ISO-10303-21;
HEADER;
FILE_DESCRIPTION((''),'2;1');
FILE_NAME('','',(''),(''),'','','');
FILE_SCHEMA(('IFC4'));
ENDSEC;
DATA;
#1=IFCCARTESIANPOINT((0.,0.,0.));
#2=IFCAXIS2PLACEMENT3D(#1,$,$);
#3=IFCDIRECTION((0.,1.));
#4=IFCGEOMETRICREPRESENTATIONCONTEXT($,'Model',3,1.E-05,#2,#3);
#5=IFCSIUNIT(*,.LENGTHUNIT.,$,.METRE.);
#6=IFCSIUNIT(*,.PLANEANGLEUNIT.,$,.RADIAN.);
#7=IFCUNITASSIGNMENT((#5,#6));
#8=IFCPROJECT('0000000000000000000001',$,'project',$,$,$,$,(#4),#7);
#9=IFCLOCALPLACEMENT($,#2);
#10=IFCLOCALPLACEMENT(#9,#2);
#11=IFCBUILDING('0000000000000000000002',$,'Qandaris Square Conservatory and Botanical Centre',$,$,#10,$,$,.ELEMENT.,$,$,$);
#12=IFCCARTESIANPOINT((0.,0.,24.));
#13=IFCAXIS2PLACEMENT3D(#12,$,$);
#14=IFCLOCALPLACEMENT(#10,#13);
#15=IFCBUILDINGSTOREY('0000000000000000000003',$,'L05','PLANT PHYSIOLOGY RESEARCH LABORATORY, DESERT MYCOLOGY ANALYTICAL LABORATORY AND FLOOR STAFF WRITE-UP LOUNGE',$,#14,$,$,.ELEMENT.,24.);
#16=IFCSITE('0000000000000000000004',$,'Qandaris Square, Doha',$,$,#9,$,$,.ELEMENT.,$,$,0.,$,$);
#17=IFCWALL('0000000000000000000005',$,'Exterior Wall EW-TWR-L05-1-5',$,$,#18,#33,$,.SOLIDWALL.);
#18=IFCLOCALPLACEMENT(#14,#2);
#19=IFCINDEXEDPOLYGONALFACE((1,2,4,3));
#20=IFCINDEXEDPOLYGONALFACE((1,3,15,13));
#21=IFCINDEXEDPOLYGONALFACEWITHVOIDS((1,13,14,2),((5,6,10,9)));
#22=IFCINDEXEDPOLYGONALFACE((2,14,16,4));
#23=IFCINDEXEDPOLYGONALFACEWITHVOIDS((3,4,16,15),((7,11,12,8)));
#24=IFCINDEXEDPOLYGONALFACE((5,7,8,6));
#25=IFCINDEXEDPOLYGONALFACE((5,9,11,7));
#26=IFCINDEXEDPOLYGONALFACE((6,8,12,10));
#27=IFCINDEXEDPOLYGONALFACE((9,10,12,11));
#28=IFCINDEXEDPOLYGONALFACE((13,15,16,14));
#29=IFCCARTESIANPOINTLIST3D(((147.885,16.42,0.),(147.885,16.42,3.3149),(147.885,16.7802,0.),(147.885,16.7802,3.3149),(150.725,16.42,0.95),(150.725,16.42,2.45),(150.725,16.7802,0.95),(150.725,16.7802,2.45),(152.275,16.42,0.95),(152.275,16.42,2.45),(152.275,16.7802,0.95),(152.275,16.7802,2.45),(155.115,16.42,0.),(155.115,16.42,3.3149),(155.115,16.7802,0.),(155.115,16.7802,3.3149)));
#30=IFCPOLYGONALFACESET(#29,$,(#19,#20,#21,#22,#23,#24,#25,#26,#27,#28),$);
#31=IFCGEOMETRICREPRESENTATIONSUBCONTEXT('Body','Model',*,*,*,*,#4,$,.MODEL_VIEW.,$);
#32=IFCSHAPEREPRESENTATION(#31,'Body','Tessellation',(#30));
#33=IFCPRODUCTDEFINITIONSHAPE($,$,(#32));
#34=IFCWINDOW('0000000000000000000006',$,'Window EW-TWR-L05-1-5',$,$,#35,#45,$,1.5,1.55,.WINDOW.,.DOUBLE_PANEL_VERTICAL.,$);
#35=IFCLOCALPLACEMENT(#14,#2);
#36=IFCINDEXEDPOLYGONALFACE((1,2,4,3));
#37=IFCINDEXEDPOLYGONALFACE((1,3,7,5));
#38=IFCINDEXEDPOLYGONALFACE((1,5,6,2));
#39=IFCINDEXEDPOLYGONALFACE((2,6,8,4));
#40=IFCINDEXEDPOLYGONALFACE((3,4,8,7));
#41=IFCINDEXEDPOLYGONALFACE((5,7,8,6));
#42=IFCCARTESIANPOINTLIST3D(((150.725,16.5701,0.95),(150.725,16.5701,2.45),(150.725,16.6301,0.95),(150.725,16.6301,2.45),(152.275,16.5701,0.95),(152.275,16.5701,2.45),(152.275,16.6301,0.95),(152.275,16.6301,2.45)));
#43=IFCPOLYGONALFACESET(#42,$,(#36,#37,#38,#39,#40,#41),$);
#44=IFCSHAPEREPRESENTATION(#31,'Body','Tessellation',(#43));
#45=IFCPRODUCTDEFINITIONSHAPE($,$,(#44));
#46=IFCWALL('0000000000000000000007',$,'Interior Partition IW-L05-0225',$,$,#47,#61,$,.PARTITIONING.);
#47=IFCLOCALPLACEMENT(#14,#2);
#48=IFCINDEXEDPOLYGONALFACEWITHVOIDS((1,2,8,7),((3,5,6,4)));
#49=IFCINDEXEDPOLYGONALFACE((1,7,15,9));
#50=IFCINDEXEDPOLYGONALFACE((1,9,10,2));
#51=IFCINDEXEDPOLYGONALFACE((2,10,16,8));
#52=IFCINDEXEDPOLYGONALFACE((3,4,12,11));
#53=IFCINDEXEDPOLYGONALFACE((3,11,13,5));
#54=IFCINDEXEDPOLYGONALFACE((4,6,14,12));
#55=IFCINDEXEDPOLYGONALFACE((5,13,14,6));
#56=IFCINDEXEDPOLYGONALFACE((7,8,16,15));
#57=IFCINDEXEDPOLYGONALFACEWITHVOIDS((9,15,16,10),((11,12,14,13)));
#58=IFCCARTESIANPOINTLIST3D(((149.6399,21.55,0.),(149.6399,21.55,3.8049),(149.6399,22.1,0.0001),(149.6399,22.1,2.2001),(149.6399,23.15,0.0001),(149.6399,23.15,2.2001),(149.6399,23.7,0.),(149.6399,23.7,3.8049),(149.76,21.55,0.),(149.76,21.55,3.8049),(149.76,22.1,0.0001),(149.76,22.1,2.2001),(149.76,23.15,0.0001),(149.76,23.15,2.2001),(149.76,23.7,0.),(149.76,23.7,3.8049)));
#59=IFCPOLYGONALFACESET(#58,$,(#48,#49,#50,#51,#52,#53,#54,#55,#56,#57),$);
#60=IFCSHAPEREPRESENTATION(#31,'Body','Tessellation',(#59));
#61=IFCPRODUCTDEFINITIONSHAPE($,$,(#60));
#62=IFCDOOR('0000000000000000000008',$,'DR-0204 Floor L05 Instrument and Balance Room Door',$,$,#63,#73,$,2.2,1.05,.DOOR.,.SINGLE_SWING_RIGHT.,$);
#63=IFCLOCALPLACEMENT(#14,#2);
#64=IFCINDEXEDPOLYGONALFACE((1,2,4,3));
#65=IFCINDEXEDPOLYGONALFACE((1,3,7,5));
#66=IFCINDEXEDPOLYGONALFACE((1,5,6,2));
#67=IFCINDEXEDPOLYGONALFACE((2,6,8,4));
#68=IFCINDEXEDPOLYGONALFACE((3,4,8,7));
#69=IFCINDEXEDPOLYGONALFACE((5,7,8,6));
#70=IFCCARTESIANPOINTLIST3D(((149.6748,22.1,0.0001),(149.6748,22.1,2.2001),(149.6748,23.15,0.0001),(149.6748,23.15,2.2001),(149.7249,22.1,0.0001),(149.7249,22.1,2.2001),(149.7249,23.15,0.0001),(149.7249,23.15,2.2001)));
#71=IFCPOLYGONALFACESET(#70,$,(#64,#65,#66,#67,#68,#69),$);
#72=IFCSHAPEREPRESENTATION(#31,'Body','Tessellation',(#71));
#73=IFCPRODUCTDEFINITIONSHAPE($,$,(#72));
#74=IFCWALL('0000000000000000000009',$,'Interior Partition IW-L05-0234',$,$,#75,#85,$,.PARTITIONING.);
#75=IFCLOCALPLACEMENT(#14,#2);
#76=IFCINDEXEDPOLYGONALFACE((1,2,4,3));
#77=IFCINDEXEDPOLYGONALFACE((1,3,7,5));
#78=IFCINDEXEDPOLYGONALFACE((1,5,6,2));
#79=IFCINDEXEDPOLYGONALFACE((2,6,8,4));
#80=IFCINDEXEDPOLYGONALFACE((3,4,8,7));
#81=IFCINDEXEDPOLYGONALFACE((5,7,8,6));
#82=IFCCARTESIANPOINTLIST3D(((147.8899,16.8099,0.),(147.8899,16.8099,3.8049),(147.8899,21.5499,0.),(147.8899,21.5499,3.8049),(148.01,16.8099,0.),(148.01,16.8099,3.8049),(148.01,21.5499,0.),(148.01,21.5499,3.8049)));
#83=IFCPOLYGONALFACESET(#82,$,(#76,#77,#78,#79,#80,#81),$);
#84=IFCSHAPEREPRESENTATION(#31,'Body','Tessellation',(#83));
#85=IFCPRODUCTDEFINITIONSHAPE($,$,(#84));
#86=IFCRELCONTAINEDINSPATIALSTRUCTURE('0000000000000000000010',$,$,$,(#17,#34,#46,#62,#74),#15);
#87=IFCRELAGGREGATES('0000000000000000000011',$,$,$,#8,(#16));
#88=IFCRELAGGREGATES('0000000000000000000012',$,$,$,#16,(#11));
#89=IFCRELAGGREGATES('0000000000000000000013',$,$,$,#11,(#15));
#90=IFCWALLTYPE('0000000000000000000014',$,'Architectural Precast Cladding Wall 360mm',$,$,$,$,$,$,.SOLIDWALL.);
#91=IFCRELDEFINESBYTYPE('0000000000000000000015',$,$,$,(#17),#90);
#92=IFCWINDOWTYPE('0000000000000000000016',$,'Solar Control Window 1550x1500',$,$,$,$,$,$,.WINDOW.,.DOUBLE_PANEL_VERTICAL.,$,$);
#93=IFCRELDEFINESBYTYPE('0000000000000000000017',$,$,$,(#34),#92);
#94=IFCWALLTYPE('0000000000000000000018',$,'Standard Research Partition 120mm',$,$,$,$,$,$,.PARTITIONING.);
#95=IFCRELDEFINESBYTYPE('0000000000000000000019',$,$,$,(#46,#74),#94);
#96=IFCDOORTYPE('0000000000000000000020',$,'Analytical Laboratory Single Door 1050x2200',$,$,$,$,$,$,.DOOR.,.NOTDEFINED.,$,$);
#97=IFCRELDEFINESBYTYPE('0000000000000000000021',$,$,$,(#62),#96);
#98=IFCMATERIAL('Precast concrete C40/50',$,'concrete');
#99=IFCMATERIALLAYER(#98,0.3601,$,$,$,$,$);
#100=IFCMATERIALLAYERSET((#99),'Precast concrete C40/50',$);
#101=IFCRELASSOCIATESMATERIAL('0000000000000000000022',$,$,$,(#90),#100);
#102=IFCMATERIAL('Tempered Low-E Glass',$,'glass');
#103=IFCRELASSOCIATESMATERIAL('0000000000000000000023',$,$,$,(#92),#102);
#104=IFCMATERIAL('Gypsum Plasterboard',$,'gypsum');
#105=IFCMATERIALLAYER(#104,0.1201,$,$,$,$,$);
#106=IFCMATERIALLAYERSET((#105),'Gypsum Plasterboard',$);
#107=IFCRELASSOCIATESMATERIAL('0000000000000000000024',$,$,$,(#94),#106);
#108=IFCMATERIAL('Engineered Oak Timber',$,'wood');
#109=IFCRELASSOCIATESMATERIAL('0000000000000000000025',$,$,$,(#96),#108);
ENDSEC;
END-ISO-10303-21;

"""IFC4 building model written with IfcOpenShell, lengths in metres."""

from ifc_helpers import new_model, si_unit, direction, frame, frame_2d, origin, place, context, subcontext, project, spatial, rectangle, extrude, material, layer, layer_set, type_object, element, fill, save


model = new_model("IFC4")

# Units and contexts
model_context = context("Model", 3, precision=1e-05, world=origin(), true_north=direction((0.0, 1.0)))
body_context = subcontext(model_context, "Body", "Model", "MODEL_VIEW")
ifc_project = project(units=[si_unit("LENGTHUNIT", "METRE"), si_unit("PLANEANGLEUNIT", "RADIAN")], contexts=[model_context])

# Site, building, storey
site_placement = place(None, origin())
site = spatial("IfcSite", under=ifc_project, at=site_placement, Name="Qandaris Square, Doha", CompositionType="ELEMENT", RefElevation=0.0)
building_placement = place(site_placement, origin())
building = spatial("IfcBuilding", under=site, at=building_placement, Name="Qandaris Square Conservatory and Botanical Centre", CompositionType="ELEMENT")
storey_placement = place(building_placement, frame((0.0, 0.0, 24.0)))
storey = spatial("IfcBuildingStorey", under=building, at=storey_placement, Name="L05", Description="PLANT PHYSIOLOGY RESEARCH LABORATORY, DESERT MYCOLOGY ANALYTICAL LABORATORY AND FLOOR STAFF WRITE-UP LOUNGE", CompositionType="ELEMENT", Elevation=24.0)

# Shared definitions
ifc_material_1 = material(Name="Gypsum Plasterboard", Category="gypsum")
ifc_material_2 = material(Name="Engineered Oak Timber", Category="wood")

# Wall, opening, window
ifc_material_3 = material(Name="Precast concrete C40/50", Category="concrete")
ifc_layer_1 = layer(ifc_material_3, 0.3601)
ifc_layer_set_1 = layer_set([ifc_layer_1], Name="Precast concrete C40/50")
wall_type_1 = type_object("IfcWallType", Name="Architectural Precast Cladding Wall 360mm", PredefinedType="SOLIDWALL", material=ifc_layer_set_1)
wall_1_placement = place(storey_placement, frame((147.885, 16.6001, 0.0), z_axis=(0.0, 0.0, 1.0), x_axis=(1.0, 0.0, 0.0)))
wall_1 = element("IfcWall", 1, at=wall_1_placement, inside=storey, type_object=wall_type_1, Name="Exterior Wall EW-TWR-L05-1-5", PredefinedType="SOLIDWALL", context=body_context, shape_type="SweptSolid", body=[
    extrude(rectangle(XDim=7.23, YDim=0.3601, at=frame_2d((3.615, 0.0))), origin(), (0.0, 0.0, 1.0), 3.3149),
])
opening_1_placement = place(wall_1_placement, frame((2.8401, 0.0, 0.95)))
opening_1 = element("IfcOpeningElement", 2, at=opening_1_placement, cuts=wall_1, PredefinedType="OPENING", context=body_context, shape_type="SweptSolid", body=[
    extrude(rectangle(XDim=1.55, YDim=1.5, at=frame_2d((0.7749, 0.75))), frame((0.0, 0.1919, 0.0), z_axis=(0.0, -1.0, 0.0), x_axis=(1.0, 0.0, 0.0)), (0.0, 0.0, 1.0), 0.384),
])
ifc_material_4 = material(Name="Tempered Low-E Glass", Category="glass")
window_type = type_object("IfcWindowType", Name="Solar Control Window 1550x1500", PartitioningType="DOUBLE_PANEL_VERTICAL", PredefinedType="WINDOW", material=ifc_material_4)
window_placement = place(opening_1_placement, origin())
window = element("IfcWindow", 3, at=window_placement, inside=storey, type_object=window_type, Name="Window EW-TWR-L05-1-5", OverallHeight=1.5, OverallWidth=1.55, PartitioningType="DOUBLE_PANEL_VERTICAL", PredefinedType="WINDOW", context=body_context, shape_type="SweptSolid", body=[
    extrude(rectangle(XDim=1.55, YDim=1.5, at=frame_2d((0.7749, 0.75))), frame((0.0, 0.03, 0.0), z_axis=(0.0, -1.0, 0.0), x_axis=(1.0, 0.0, 0.0)), (0.0, 0.0, 1.0), 0.0601),
])
fill(opening_1, window)

# Wall, opening, door
ifc_layer_2 = layer(ifc_material_1, 0.1201)
ifc_layer_set_2 = layer_set([ifc_layer_2], Name="Gypsum Plasterboard")
wall_type_2 = type_object("IfcWallType", Name="Standard Research Partition 120mm", PredefinedType="PARTITIONING", material=ifc_layer_set_2)
wall_2_placement = place(storey_placement, frame((149.7, 23.7, 0.0), z_axis=(0.0, 0.0, 1.0), x_axis=(0.0, -1.0, 0.0)))
wall_2 = element("IfcWall", 4, at=wall_2_placement, inside=storey, type_object=wall_type_2, Name="Interior Partition IW-L05-0225", PredefinedType="PARTITIONING", context=body_context, shape_type="SweptSolid", body=[
    extrude(rectangle(XDim=2.1499, YDim=0.1201, at=frame_2d((1.075, 0.0))), origin(), (0.0, 0.0, 1.0), 3.8049),
])
opening_2_placement = place(wall_2_placement, frame((0.55, 0.0, 0.0)))
opening_2 = element("IfcOpeningElement", 5, at=opening_2_placement, cuts=wall_2, PredefinedType="OPENING", context=body_context, shape_type="SweptSolid", body=[
    extrude(rectangle(XDim=1.05, YDim=2.2, at=frame_2d((0.5249, 1.1001))), frame((0.0, 0.072, 0.0), z_axis=(0.0, -1.0, 0.0), x_axis=(1.0, 0.0, 0.0)), (0.0, 0.0, 1.0), 0.144),
])
door_type_1 = type_object("IfcDoorType", Name="Analytical Laboratory Single Door 1050x2200", OperationType="NOTDEFINED", PredefinedType="DOOR", material=ifc_material_2)
door_1_placement = place(opening_2_placement, origin())
door_1 = element("IfcDoor", 6, at=door_1_placement, inside=storey, type_object=door_type_1, Name="DR-0204 Floor L05 Instrument and Balance Room Door", OperationType="SINGLE_SWING_RIGHT", OverallHeight=2.2, OverallWidth=1.05, PredefinedType="DOOR", context=body_context, shape_type="SweptSolid", body=[
    extrude(rectangle(XDim=1.05, YDim=2.2, at=frame_2d((0.5249, 1.1001))), frame((0.0, 0.0249, 0.0), z_axis=(0.0, -1.0, 0.0), x_axis=(1.0, 0.0, 0.0)), (0.0, 0.0, 1.0), 0.05),
])
fill(opening_2, door_1)

# Wall
wall_3_placement = place(storey_placement, frame((147.95, 21.55, 0.0), z_axis=(0.0, 0.0, 1.0), x_axis=(0.0, -1.0, 0.0)))
element("IfcWall", 7, at=wall_3_placement, inside=storey, type_object=wall_type_2, Name="Interior Partition IW-L05-0234", PredefinedType="PARTITIONING", context=body_context, shape_type="SweptSolid", body=[
    extrude(rectangle(XDim=4.74, YDim=0.1201, at=frame_2d((2.3701, 0.0))), origin(), (0.0, 0.0, 1.0), 3.8049),
])

save(model, "model.ifc")
